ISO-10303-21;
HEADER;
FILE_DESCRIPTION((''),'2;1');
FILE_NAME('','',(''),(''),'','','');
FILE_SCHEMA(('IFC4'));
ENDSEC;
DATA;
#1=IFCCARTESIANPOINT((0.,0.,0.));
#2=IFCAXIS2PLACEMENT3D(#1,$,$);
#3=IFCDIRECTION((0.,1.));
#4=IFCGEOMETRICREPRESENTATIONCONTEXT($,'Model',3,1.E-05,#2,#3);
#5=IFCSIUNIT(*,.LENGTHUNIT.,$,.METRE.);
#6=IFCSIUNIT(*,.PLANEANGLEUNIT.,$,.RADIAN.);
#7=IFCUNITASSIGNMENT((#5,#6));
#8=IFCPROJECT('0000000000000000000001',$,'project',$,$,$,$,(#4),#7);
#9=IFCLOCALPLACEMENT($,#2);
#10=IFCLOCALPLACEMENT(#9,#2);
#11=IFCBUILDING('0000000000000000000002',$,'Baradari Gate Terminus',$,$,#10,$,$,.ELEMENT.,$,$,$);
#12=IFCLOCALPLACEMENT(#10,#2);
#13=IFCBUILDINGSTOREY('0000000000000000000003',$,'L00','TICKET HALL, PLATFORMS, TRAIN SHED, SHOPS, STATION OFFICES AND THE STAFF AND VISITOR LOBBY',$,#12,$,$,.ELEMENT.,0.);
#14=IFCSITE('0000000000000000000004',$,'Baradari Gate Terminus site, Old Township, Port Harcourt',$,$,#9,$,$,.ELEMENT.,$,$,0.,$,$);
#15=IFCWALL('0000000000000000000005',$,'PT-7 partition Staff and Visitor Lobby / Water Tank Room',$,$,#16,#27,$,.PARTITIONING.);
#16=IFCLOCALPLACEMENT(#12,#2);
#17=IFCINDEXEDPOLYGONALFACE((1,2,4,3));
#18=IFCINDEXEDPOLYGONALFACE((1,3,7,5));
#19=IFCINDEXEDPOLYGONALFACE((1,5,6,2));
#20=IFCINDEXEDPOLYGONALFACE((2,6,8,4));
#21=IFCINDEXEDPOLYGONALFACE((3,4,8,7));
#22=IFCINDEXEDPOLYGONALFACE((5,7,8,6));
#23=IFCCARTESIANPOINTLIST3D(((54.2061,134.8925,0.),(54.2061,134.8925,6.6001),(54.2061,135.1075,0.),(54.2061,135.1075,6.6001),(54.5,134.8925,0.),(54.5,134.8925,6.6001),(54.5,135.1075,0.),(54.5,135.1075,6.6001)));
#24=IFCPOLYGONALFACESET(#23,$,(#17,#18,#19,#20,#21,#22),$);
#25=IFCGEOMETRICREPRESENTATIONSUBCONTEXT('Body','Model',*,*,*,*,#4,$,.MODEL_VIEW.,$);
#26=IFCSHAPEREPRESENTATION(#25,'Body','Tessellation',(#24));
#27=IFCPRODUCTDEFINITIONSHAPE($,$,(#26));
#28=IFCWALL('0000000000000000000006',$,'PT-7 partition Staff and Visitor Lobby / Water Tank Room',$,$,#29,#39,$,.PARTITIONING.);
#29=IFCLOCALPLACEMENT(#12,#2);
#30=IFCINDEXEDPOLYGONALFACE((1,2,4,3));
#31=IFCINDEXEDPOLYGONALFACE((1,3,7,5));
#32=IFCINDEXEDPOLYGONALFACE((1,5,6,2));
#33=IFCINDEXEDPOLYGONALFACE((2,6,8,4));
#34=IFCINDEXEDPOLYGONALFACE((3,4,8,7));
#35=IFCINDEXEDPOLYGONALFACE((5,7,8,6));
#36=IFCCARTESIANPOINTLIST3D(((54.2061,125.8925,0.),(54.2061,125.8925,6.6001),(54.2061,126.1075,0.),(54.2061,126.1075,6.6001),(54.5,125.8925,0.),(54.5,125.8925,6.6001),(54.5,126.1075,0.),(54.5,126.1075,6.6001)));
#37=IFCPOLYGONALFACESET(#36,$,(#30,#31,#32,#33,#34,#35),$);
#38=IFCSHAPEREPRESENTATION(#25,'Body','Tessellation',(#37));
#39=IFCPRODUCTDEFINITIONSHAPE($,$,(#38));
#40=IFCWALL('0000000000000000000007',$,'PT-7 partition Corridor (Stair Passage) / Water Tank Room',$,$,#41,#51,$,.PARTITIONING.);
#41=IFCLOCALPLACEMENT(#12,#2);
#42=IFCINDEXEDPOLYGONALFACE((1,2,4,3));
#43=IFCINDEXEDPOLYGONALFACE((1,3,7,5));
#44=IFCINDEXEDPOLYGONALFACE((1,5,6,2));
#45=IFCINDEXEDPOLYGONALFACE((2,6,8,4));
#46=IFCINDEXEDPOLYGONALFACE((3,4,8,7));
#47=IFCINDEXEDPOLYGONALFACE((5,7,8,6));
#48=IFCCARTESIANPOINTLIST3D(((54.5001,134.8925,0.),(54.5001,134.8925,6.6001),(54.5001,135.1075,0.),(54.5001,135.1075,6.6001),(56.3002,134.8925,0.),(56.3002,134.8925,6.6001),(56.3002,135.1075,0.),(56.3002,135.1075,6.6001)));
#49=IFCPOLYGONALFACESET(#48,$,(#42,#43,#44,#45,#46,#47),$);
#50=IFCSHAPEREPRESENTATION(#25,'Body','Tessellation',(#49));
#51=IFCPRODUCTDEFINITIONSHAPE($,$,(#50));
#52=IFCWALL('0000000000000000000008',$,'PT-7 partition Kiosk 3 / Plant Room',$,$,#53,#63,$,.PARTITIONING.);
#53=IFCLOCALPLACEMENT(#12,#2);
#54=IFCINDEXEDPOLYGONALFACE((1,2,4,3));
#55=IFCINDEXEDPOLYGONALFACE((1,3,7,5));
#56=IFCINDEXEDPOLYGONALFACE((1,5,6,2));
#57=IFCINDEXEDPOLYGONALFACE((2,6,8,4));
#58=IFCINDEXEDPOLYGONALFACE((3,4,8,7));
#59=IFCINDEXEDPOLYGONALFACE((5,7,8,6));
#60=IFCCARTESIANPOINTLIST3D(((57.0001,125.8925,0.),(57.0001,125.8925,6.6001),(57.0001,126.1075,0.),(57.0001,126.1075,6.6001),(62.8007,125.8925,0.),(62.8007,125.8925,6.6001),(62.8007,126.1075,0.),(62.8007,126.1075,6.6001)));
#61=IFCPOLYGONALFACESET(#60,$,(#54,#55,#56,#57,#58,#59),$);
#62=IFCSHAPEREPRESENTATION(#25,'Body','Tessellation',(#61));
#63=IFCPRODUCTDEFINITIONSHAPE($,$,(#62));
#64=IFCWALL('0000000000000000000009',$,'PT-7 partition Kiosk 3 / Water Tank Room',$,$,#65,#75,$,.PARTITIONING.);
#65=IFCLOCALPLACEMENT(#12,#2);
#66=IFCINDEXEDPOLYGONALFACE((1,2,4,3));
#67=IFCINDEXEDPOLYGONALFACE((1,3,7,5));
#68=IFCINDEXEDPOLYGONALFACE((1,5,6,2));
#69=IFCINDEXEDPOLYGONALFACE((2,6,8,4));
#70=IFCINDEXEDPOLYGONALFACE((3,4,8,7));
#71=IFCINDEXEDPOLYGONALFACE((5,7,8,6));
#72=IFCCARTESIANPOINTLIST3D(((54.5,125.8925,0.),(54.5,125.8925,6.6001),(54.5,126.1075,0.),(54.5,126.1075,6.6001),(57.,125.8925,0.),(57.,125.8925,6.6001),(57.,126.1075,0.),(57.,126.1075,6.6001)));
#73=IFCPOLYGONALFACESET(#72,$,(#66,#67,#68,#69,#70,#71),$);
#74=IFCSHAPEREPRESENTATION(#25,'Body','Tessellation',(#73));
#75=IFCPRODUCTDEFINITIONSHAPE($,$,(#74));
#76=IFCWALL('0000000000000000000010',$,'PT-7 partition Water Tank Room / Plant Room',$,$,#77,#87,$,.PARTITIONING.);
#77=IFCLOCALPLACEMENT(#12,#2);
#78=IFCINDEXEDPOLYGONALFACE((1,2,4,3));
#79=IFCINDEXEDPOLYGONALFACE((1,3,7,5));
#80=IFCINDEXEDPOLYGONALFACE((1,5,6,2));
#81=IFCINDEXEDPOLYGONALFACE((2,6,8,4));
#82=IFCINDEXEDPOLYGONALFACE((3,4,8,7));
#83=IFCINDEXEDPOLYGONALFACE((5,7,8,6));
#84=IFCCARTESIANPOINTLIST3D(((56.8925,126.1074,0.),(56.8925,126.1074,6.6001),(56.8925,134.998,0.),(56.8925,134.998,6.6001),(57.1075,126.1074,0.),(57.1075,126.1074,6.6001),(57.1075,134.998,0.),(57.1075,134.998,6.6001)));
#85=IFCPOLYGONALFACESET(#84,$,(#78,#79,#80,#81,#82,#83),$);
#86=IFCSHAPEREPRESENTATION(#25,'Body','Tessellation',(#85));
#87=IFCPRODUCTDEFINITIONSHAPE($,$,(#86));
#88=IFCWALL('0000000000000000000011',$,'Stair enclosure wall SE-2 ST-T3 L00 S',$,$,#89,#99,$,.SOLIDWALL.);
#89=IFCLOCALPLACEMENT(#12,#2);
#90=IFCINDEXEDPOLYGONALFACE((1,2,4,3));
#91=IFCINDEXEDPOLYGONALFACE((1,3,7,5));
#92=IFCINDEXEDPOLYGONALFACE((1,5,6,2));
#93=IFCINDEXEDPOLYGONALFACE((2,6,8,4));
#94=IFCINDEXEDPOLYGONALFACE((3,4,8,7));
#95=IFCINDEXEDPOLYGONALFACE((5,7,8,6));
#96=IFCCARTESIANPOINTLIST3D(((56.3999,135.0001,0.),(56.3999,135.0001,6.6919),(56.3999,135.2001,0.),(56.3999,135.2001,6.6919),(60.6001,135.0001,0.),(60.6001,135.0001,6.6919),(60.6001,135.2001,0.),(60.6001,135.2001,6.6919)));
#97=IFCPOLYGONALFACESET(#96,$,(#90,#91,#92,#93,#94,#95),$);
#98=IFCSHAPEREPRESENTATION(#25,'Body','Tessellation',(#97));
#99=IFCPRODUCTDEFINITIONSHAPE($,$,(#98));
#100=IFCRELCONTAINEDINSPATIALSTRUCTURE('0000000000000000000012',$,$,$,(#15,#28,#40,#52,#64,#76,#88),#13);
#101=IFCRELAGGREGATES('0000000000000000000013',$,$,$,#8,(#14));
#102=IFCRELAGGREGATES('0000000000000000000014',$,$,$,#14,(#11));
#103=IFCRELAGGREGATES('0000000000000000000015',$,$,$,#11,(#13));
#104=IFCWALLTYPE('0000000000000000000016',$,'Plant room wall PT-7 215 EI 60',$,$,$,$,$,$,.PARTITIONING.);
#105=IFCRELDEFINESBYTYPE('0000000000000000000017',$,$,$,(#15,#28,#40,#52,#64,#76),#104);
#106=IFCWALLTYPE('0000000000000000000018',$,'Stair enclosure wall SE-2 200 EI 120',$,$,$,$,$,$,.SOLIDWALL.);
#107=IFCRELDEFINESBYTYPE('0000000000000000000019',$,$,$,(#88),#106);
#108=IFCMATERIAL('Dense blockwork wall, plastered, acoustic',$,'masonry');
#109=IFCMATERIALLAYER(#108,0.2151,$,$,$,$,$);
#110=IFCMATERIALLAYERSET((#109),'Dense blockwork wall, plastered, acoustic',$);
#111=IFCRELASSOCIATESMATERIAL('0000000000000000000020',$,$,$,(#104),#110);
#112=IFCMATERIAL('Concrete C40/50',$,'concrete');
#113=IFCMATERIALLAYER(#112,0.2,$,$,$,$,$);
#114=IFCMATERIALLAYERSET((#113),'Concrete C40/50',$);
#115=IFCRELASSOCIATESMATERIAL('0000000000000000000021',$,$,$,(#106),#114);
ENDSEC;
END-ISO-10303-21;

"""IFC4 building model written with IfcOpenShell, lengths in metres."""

from ifc_helpers import new_model, si_unit, direction, frame, frame_2d, origin, place, context, subcontext, project, spatial, rectangle, extrude, material, layer, layer_set, type_object, element, save


model = new_model("IFC4")

# Units and contexts
model_context = context("Model", 3, precision=1e-05, world=origin(), true_north=direction((0.0, 1.0)))
body_context = subcontext(model_context, "Body", "Model", "MODEL_VIEW")
ifc_project = project(units=[si_unit("LENGTHUNIT", "METRE"), si_unit("PLANEANGLEUNIT", "RADIAN")], contexts=[model_context])

# Site, building, storey
site_placement = place(None, origin())
site = spatial("IfcSite", under=ifc_project, at=site_placement, Name="Baradari Gate Terminus site, Old Township, Port Harcourt", CompositionType="ELEMENT", RefElevation=0.0)
building_placement = place(site_placement, origin())
building = spatial("IfcBuilding", under=site, at=building_placement, Name="Baradari Gate Terminus", CompositionType="ELEMENT")
storey_placement = place(building_placement, origin())
storey = spatial("IfcBuildingStorey", under=building, at=storey_placement, Name="L00", Description="TICKET HALL, PLATFORMS, TRAIN SHED, SHOPS, STATION OFFICES AND THE STAFF AND VISITOR LOBBY", CompositionType="ELEMENT", Elevation=0.0)

# Wall
ifc_material_1 = material(Name="Dense blockwork wall, plastered, acoustic", Category="masonry")
ifc_layer_1 = layer(ifc_material_1, 0.2151)
ifc_layer_set_1 = layer_set([ifc_layer_1], Name="Dense blockwork wall, plastered, acoustic")
wall_type_1 = type_object("IfcWallType", Name="Plant room wall PT-7 215 EI 60", PredefinedType="PARTITIONING", material=ifc_layer_set_1)
wall_1_placement = place(storey_placement, frame((54.5, 135.0, 0.0), z_axis=(0.0, 0.0, 1.0), x_axis=(-1.0, 0.0, 0.0)))
element("IfcWall", 1, at=wall_1_placement, inside=storey, type_object=wall_type_1, Name="PT-7 partition Staff and Visitor Lobby / Water Tank Room", PredefinedType="PARTITIONING", context=body_context, shape_type="SweptSolid", body=[
    extrude(rectangle(XDim=0.2939, YDim=0.2151, at=frame_2d((0.147, 0.0))), origin(), (0.0, 0.0, 1.0), 6.6001),
])

# Walls
wall_2_placement = place(storey_placement, frame((54.2061, 126.0, 0.0), z_axis=(0.0, 0.0, 1.0), x_axis=(1.0, 0.0, 0.0)))
element("IfcWall", 2, at=wall_2_placement, inside=storey, type_object=wall_type_1, Name="PT-7 partition Staff and Visitor Lobby / Water Tank Room", PredefinedType="PARTITIONING", context=body_context, shape_type="SweptSolid", body=[
    extrude(rectangle(XDim=0.2939, YDim=0.2151, at=frame_2d((0.147, 0.0))), origin(), (0.0, 0.0, 1.0), 6.6001),
])
wall_3_placement = place(storey_placement, frame((56.3, 135.0, 0.0), z_axis=(0.0, 0.0, 1.0), x_axis=(-1.0, 0.0, 0.0)))
element("IfcWall", 3, at=wall_3_placement, inside=storey, type_object=wall_type_1, Name="PT-7 partition Corridor (Stair Passage) / Water Tank Room", PredefinedType="PARTITIONING", context=body_context, shape_type="SweptSolid", body=[
    extrude(rectangle(XDim=1.8, YDim=0.2151, at=frame_2d((0.8999, 0.0))), origin(), (0.0, 0.0, 1.0), 6.6001),
])
wall_4_placement = place(storey_placement, frame((57.0, 126.0, 0.0), z_axis=(0.0, 0.0, 1.0), x_axis=(1.0, 0.0, 0.0)))
element("IfcWall", 4, at=wall_4_placement, inside=storey, type_object=wall_type_1, Name="PT-7 partition Kiosk 3 / Plant Room", PredefinedType="PARTITIONING", context=body_context, shape_type="SweptSolid", body=[
    extrude(rectangle(XDim=5.8005, YDim=0.2151, at=frame_2d((2.9004, 0.0))), origin(), (0.0, 0.0, 1.0), 6.6001),
])
wall_5_placement = place(storey_placement, frame((54.5, 126.0, 0.0), z_axis=(0.0, 0.0, 1.0), x_axis=(1.0, 0.0, 0.0)))
element("IfcWall", 5, at=wall_5_placement, inside=storey, type_object=wall_type_1, Name="PT-7 partition Kiosk 3 / Water Tank Room", PredefinedType="PARTITIONING", context=body_context, shape_type="SweptSolid", body=[
    extrude(rectangle(XDim=2.5, YDim=0.2151, at=frame_2d((1.25, 0.0))), origin(), (0.0, 0.0, 1.0), 6.6001),
])
wall_6_placement = place(storey_placement, frame((57.0, 134.998, 0.0), z_axis=(0.0, 0.0, 1.0), x_axis=(0.0, -1.0, 0.0)))
element("IfcWall", 6, at=wall_6_placement, inside=storey, type_object=wall_type_1, Name="PT-7 partition Water Tank Room / Plant Room", PredefinedType="PARTITIONING", context=body_context, shape_type="SweptSolid", body=[
    extrude(rectangle(XDim=8.8906, YDim=0.2151, at=frame_2d((4.4453, 0.0))), origin(), (0.0, 0.0, 1.0), 6.6001),
])
ifc_material_2 = material(Name="Concrete C40/50", Category="concrete")
ifc_layer_2 = layer(ifc_material_2, 0.2)
ifc_layer_set_2 = layer_set([ifc_layer_2], Name="Concrete C40/50")
wall_type_2 = type_object("IfcWallType", Name="Stair enclosure wall SE-2 200 EI 120", PredefinedType="SOLIDWALL", material=ifc_layer_set_2)
wall_7_placement = place(storey_placement, frame((56.3999, 135.1001, 0.0), z_axis=(0.0, 0.0, 1.0), x_axis=(1.0, 0.0, 0.0)))
element("IfcWall", 7, at=wall_7_placement, inside=storey, type_object=wall_type_2, Name="Stair enclosure wall SE-2 ST-T3 L00 S", PredefinedType="SOLIDWALL", context=body_context, shape_type="SweptSolid", body=[
    extrude(rectangle(XDim=4.2002, YDim=0.2, at=frame_2d((2.1001, 0.0))), origin(), (0.0, 0.0, 1.0), 6.6919),
])

save(model, "model.ifc")
